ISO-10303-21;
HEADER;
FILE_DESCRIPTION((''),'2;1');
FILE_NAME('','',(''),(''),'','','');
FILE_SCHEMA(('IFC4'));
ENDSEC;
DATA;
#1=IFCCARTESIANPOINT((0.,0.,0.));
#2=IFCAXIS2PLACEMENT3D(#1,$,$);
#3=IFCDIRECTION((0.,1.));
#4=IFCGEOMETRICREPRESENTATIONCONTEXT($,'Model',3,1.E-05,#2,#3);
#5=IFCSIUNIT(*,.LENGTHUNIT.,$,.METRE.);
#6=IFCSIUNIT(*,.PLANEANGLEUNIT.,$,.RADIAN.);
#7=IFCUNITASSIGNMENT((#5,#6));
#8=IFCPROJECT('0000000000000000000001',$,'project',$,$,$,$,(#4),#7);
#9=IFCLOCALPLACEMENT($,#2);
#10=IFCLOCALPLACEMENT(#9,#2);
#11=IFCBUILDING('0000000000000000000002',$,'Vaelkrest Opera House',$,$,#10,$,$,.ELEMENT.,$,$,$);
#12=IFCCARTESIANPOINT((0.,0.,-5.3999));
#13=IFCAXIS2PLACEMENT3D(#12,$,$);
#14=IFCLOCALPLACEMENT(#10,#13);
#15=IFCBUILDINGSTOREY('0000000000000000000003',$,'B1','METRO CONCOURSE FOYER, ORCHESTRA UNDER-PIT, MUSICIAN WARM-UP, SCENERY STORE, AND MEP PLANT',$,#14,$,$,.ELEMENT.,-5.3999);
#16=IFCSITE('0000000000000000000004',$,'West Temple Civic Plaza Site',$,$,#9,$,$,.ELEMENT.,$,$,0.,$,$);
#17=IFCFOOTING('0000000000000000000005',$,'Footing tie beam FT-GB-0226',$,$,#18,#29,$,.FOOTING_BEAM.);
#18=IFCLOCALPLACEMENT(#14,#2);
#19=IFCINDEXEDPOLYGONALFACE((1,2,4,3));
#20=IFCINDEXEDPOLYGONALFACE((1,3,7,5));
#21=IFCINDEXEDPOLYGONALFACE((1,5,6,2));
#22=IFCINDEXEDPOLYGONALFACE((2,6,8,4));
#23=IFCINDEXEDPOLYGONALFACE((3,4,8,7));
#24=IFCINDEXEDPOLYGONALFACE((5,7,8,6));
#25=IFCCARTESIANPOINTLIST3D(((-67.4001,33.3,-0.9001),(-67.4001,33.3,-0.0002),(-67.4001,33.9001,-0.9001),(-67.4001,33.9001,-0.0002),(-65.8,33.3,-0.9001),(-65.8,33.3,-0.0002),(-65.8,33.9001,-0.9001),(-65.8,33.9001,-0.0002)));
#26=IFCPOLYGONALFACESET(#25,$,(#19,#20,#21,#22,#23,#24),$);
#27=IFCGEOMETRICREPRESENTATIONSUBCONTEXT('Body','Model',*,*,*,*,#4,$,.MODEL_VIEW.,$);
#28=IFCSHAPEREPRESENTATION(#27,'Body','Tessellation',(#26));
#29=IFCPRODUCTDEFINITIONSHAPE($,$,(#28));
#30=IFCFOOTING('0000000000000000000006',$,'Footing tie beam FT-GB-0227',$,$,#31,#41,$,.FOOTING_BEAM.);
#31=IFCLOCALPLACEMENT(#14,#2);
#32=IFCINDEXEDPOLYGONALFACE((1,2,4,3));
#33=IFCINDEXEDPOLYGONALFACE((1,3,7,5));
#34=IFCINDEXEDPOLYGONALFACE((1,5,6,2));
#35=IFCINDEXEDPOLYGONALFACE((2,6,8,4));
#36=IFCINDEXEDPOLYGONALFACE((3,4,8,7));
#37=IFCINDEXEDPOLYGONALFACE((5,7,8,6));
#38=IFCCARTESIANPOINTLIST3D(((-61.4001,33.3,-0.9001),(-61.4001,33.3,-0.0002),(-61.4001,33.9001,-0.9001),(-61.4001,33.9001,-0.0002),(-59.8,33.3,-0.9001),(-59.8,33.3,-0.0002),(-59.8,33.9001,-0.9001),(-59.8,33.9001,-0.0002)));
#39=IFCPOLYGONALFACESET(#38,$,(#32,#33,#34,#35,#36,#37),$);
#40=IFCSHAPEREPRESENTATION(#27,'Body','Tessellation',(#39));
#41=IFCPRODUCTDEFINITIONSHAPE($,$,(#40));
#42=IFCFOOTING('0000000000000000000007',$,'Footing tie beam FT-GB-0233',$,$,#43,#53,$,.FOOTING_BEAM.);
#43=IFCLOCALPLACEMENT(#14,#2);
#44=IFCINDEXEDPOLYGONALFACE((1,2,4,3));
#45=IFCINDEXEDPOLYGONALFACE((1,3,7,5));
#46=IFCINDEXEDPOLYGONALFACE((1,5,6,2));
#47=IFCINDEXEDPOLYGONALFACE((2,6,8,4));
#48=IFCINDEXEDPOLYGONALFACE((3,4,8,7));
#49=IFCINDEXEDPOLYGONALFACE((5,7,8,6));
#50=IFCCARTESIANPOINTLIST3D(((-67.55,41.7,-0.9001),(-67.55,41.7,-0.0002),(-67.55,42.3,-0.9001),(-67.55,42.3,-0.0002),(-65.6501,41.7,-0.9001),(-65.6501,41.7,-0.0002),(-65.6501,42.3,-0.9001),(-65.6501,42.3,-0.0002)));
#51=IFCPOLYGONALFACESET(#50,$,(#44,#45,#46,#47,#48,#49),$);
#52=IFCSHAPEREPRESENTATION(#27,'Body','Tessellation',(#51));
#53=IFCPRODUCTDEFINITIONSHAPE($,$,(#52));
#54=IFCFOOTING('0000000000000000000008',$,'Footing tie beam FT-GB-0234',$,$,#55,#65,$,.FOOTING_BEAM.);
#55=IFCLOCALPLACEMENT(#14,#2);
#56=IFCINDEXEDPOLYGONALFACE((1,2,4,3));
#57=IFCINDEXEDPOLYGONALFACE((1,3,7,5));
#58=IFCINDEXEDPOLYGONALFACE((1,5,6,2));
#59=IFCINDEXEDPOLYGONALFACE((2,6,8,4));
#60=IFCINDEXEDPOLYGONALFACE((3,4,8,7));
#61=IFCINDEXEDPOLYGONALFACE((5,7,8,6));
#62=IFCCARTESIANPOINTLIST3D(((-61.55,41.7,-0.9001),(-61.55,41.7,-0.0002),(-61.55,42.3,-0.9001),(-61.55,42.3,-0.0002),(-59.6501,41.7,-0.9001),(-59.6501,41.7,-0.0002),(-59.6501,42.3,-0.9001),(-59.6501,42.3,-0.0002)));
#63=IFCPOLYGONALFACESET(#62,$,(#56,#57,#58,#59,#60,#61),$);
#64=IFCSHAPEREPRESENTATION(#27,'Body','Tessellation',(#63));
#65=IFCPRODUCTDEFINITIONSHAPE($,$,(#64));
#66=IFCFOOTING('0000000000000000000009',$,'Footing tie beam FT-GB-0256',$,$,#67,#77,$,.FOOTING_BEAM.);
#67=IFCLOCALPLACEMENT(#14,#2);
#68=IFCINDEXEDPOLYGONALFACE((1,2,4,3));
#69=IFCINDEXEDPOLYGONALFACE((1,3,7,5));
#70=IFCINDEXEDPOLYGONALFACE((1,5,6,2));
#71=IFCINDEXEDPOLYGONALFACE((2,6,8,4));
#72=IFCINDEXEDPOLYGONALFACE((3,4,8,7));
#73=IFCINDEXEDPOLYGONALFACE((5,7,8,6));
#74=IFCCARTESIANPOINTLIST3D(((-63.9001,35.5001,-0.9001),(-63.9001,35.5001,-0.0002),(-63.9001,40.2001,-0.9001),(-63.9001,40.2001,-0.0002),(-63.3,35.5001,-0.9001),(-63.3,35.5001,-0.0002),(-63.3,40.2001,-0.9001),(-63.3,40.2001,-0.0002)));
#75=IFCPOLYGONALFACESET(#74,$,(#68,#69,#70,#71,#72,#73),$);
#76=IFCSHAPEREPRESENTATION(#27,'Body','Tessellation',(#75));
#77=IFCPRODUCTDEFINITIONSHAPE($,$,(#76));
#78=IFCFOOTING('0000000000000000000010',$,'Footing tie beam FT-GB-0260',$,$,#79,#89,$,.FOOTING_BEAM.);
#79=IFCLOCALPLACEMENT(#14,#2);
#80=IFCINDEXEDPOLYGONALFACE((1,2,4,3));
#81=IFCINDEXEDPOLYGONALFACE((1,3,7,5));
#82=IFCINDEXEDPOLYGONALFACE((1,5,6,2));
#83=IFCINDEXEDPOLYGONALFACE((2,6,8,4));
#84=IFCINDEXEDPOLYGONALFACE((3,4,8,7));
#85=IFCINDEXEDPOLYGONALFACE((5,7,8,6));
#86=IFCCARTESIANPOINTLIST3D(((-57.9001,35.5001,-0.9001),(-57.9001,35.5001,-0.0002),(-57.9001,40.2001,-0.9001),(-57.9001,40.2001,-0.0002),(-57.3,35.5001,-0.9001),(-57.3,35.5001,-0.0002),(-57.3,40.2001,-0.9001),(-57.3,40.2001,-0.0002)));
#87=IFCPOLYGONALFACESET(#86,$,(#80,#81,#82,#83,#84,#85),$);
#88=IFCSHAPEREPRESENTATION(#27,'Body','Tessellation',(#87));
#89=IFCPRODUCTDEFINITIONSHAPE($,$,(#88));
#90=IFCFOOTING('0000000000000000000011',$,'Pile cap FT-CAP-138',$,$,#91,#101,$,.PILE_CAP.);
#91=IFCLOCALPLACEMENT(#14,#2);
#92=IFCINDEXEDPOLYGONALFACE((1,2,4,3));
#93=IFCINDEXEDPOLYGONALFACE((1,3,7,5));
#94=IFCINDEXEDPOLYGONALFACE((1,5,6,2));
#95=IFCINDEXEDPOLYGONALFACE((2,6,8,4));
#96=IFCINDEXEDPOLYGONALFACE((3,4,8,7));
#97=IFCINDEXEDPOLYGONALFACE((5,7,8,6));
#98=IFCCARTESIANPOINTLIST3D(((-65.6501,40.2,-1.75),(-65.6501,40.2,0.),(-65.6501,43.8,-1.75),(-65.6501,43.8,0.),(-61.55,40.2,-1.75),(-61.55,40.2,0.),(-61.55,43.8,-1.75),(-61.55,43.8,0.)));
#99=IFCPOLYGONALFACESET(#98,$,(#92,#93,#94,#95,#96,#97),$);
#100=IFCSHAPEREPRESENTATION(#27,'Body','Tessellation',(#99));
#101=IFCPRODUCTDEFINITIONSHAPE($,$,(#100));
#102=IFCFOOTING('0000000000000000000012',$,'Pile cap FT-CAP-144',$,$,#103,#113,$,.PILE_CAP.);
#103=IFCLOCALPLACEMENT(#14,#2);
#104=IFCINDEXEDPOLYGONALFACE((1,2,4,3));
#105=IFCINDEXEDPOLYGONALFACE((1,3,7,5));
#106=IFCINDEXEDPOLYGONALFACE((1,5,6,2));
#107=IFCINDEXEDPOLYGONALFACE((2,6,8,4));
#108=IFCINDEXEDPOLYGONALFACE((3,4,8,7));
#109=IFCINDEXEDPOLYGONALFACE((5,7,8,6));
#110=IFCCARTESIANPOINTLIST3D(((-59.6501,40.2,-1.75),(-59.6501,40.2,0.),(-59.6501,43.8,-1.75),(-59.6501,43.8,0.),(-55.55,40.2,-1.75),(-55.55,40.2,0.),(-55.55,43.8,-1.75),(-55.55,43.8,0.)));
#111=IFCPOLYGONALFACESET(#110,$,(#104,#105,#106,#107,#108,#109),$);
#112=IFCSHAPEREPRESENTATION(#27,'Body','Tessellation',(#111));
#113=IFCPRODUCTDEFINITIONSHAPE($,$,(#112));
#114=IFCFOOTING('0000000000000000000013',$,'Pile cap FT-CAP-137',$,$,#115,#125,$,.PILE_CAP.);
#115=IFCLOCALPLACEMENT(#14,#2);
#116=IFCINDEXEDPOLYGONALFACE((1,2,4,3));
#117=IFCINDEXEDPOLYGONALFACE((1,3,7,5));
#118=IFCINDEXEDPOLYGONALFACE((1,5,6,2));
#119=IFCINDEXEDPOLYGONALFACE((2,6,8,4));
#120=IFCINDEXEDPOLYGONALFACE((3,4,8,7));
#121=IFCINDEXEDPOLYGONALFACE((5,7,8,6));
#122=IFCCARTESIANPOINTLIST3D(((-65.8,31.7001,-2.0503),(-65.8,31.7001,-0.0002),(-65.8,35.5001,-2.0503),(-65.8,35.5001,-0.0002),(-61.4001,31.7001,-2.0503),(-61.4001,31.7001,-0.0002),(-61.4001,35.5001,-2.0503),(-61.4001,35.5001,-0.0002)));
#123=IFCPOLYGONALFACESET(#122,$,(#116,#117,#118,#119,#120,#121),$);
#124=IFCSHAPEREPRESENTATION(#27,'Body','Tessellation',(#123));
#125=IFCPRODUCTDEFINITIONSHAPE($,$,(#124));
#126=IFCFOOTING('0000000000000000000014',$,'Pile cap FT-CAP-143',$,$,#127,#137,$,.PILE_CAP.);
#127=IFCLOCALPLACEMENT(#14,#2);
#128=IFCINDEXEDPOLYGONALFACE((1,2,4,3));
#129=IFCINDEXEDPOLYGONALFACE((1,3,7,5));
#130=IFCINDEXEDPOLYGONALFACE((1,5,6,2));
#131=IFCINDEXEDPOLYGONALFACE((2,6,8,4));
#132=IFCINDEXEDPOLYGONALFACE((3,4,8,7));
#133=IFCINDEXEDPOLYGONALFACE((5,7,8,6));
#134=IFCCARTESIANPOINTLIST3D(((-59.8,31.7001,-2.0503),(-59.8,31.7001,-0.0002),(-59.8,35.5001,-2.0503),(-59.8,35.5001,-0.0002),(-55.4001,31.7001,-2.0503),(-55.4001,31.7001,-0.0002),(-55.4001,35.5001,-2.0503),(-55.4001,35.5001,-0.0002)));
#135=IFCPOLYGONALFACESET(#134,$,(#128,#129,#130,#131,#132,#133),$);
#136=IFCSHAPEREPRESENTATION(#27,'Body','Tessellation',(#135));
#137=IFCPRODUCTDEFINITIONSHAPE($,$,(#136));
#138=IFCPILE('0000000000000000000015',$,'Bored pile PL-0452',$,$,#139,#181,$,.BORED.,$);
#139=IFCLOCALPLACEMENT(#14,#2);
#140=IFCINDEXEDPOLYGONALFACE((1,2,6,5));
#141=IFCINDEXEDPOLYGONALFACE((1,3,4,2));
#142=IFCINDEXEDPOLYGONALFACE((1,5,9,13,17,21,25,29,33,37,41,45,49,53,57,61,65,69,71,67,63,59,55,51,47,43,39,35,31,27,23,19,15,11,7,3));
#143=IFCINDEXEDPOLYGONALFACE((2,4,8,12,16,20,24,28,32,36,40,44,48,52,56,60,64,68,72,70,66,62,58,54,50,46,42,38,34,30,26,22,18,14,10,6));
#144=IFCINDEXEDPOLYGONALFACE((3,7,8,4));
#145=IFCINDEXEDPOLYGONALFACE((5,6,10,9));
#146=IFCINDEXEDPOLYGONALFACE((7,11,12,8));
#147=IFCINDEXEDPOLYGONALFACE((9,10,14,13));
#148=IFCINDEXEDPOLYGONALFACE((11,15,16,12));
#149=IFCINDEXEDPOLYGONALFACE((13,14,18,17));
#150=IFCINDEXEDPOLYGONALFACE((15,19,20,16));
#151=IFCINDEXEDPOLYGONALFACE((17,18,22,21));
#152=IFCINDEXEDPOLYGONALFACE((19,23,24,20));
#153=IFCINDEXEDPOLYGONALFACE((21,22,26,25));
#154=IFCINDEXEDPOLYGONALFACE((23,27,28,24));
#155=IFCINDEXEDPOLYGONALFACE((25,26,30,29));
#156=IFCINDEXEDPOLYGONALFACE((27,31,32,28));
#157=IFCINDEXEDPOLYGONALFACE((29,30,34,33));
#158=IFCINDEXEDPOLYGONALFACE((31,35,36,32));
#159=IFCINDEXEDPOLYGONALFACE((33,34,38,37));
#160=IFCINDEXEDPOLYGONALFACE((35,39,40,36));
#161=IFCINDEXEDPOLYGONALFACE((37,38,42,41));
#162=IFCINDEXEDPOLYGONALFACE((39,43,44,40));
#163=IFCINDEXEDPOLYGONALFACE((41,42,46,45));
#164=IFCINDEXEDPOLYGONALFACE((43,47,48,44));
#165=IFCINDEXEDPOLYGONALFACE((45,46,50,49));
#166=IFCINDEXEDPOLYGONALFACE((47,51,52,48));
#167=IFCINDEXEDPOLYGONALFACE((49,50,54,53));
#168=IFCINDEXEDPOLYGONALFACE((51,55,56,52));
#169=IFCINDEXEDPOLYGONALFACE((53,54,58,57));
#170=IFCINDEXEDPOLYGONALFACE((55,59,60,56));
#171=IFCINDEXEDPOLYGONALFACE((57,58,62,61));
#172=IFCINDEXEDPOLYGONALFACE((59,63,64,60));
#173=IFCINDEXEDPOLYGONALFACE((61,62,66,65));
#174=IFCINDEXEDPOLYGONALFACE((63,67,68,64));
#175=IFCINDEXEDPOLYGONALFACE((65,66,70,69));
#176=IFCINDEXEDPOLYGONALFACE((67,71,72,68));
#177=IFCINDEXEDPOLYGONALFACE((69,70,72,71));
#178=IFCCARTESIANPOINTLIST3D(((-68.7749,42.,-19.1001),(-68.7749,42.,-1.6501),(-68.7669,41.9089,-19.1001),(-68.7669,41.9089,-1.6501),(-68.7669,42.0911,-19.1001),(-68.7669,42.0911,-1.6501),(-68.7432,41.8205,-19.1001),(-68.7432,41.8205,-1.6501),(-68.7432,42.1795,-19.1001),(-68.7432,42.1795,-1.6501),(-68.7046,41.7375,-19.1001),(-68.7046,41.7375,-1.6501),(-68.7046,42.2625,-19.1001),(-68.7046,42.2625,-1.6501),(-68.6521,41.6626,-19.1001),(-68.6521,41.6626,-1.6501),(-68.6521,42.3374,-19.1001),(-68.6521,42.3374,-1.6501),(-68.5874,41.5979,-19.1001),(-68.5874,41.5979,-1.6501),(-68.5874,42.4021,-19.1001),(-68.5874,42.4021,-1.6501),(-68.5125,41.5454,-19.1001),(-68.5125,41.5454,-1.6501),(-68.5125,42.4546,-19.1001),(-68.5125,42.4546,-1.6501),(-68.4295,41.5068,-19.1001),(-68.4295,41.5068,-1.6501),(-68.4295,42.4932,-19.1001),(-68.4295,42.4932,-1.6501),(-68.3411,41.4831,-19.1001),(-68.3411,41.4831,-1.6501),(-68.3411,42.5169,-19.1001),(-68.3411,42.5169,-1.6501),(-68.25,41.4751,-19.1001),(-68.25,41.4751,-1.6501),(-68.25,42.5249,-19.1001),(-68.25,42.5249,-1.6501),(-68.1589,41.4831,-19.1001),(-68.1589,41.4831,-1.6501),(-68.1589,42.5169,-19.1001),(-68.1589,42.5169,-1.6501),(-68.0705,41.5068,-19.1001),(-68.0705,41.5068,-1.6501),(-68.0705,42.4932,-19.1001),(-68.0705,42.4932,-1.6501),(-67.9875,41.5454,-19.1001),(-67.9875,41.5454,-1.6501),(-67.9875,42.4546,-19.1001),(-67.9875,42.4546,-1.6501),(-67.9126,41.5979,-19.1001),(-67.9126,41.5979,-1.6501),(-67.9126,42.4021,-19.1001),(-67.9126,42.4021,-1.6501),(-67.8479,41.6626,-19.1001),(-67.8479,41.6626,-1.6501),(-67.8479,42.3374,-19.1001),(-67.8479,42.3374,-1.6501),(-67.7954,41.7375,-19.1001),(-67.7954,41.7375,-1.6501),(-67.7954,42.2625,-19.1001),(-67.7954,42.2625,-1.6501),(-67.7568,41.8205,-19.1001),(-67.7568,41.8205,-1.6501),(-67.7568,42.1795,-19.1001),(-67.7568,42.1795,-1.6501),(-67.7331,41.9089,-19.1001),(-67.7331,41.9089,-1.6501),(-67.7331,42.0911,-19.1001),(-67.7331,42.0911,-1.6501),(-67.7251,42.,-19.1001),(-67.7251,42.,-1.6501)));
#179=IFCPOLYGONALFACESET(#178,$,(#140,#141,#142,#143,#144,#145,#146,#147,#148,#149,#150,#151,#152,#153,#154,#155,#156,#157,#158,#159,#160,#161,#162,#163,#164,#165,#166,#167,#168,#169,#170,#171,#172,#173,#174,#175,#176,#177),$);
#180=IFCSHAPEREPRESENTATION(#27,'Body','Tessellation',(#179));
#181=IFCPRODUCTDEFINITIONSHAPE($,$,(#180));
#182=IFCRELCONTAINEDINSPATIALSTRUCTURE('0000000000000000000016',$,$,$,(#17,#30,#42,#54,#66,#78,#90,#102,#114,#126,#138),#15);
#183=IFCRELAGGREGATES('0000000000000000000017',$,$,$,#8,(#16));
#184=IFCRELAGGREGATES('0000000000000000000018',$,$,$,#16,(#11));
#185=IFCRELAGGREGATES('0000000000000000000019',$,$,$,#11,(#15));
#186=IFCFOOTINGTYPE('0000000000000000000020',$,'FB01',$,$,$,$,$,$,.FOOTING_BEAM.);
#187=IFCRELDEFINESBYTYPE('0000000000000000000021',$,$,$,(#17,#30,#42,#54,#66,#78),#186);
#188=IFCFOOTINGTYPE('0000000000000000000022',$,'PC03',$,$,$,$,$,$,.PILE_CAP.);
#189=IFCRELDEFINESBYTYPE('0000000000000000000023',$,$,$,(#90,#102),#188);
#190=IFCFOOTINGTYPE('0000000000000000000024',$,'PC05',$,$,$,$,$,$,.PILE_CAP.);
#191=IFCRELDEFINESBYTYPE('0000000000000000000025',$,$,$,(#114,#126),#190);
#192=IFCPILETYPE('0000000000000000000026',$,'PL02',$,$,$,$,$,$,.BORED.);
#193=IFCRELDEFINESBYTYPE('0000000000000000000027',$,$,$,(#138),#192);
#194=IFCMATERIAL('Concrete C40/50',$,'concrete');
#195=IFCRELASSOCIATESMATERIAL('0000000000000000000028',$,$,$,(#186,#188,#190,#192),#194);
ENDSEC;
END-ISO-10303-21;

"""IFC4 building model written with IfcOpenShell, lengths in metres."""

from ifc_helpers import new_model, si_unit, direction, frame, origin, origin_2d, place, context, subcontext, project, spatial, rectangle, circle, extrude, material, material_profile, profile_set, type_object, element, save


model = new_model("IFC4")

# Units and contexts
model_context = context("Model", 3, precision=1e-05, world=origin(), true_north=direction((0.0, 1.0)))
body_context = subcontext(model_context, "Body", "Model", "MODEL_VIEW")
ifc_project = project(units=[si_unit("LENGTHUNIT", "METRE"), si_unit("PLANEANGLEUNIT", "RADIAN")], contexts=[model_context])

# Site, building, storey
site_placement = place(None, origin())
site = spatial("IfcSite", under=ifc_project, at=site_placement, Name="West Temple Civic Plaza Site", CompositionType="ELEMENT", RefElevation=0.0)
building_placement = place(site_placement, origin())
building = spatial("IfcBuilding", under=site, at=building_placement, Name="Vaelkrest Opera House", CompositionType="ELEMENT")
storey_placement = place(building_placement, frame((0.0, 0.0, -5.3999)))
storey = spatial("IfcBuildingStorey", under=building, at=storey_placement, Name="B1", Description="METRO CONCOURSE FOYER, ORCHESTRA UNDER-PIT, MUSICIAN WARM-UP, SCENERY STORE, AND MEP PLANT", CompositionType="ELEMENT", Elevation=-5.3999)

# Footings
ifc_material_1 = material(Name="Concrete C40/50", Category="concrete")
footing_type_1 = type_object("IfcFootingType", Name="FB01", PredefinedType="FOOTING_BEAM", material=ifc_material_1)
for number, where, z_axis, x_axis, name in (
    (1, (-66.6001, 33.6001, -0.9001), (0.0, 0.0, 1.0), (1.0, 0.0, 0.0), "Footing tie beam FT-GB-0226"),
    (2, (-60.6001, 33.6001, -0.9001), (0.0, 0.0, 1.0), (1.0, 0.0, 0.0), "Footing tie beam FT-GB-0227"),
):
    element("IfcFooting", number, at=place(storey_placement, frame(where, z_axis=z_axis, x_axis=x_axis)), inside=storey, type_object=footing_type_1, Name=name, PredefinedType="FOOTING_BEAM", context=body_context, shape_type="SweptSolid", body=[
        extrude(rectangle(XDim=1.6001, YDim=0.6001, at=origin_2d()), origin(), (0.0, 0.0, 1.0), 0.8999),
    ])
for number, where, z_axis, x_axis, name in (
    (3, (-66.6001, 42.0, -0.9001), (0.0, 0.0, 1.0), (1.0, 0.0, 0.0), "Footing tie beam FT-GB-0233"),
    (4, (-60.6001, 42.0, -0.9001), (0.0, 0.0, 1.0), (1.0, 0.0, 0.0), "Footing tie beam FT-GB-0234"),
):
    element("IfcFooting", number, at=place(storey_placement, frame(where, z_axis=z_axis, x_axis=x_axis)), inside=storey, type_object=footing_type_1, Name=name, PredefinedType="FOOTING_BEAM", context=body_context, shape_type="SweptSolid", body=[
        extrude(rectangle(XDim=1.8999, YDim=0.6001, at=origin_2d()), origin(), (0.0, 0.0, 1.0), 0.8999),
    ])
for number, where, z_axis, x_axis, name in (
    (5, (-63.6001, 37.8501, -0.9001), (0.0, 0.0, 1.0), (0.0, 1.0, 0.0), "Footing tie beam FT-GB-0256"),
    (6, (-57.6001, 37.8501, -0.9001), (0.0, 0.0, 1.0), (0.0, 1.0, 0.0), "Footing tie beam FT-GB-0260"),
):
    element("IfcFooting", number, at=place(storey_placement, frame(where, z_axis=z_axis, x_axis=x_axis)), inside=storey, type_object=footing_type_1, Name=name, PredefinedType="FOOTING_BEAM", context=body_context, shape_type="SweptSolid", body=[
        extrude(rectangle(XDim=4.7, YDim=0.6001, at=origin_2d()), origin(), (0.0, 0.0, 1.0), 0.8999),
    ])
footing_type_2 = type_object("IfcFootingType", Name="PC03", PredefinedType="PILE_CAP", material=ifc_material_1)
for number, where, z_axis, x_axis, name in (
    (7, (-63.6001, 42.0, -1.75), (0.0, 0.0, 1.0), (1.0, 0.0, 0.0), "Pile cap FT-CAP-138"),
    (8, (-57.6001, 42.0, -1.75), (0.0, 0.0, 1.0), (1.0, 0.0, 0.0), "Pile cap FT-CAP-144"),
):
    element("IfcFooting", number, at=place(storey_placement, frame(where, z_axis=z_axis, x_axis=x_axis)), inside=storey, type_object=footing_type_2, Name=name, PredefinedType="PILE_CAP", context=body_context, shape_type="SweptSolid", body=[
        extrude(rectangle(XDim=4.1001, YDim=3.6001, at=origin_2d()), origin(), (0.0, 0.0, 1.0), 1.75),
    ])
footing_type_3 = type_object("IfcFootingType", Name="PC05", PredefinedType="PILE_CAP", material=ifc_material_1)
for number, where, z_axis, x_axis, name in (
    (9, (-63.6001, 33.6001, -2.0503), (0.0, 0.0, 1.0), (1.0, 0.0, 0.0), "Pile cap FT-CAP-137"),
    (10, (-57.6001, 33.6001, -2.0503), (0.0, 0.0, 1.0), (1.0, 0.0, 0.0), "Pile cap FT-CAP-143"),
):
    element("IfcFooting", number, at=place(storey_placement, frame(where, z_axis=z_axis, x_axis=x_axis)), inside=storey, type_object=footing_type_3, Name=name, PredefinedType="PILE_CAP", context=body_context, shape_type="SweptSolid", body=[
        extrude(rectangle(XDim=4.3999, YDim=3.8, at=origin_2d()), origin(), (0.0, 0.0, 1.0), 2.05),
    ])

# Pile
ifc_material_profile_1 = material_profile(ifc_material_1, circle(Radius=0.5249, at=origin_2d()), Name="PILE1050")
ifc_profile_set_1 = profile_set([ifc_material_profile_1], Name="Concrete C40/50")
pile_type = type_object("IfcPileType", Name="PL02", PredefinedType="BORED", material=ifc_profile_set_1)
pile_1_placement = place(storey_placement, frame((-68.25, 42.0, -1.6501), z_axis=(0.0, 0.0, -1.0), x_axis=(1.0, 0.0, 0.0)))
element("IfcPile", 11, at=pile_1_placement, inside=storey, type_object=pile_type, Name="Bored pile PL-0452", PredefinedType="BORED", context=body_context, shape_type="SweptSolid", body=[
    extrude(circle(Radius=0.5249, at=origin_2d()), origin(), (0.0, 0.0, 1.0), 17.45),
])

save(model, "model.ifc")
